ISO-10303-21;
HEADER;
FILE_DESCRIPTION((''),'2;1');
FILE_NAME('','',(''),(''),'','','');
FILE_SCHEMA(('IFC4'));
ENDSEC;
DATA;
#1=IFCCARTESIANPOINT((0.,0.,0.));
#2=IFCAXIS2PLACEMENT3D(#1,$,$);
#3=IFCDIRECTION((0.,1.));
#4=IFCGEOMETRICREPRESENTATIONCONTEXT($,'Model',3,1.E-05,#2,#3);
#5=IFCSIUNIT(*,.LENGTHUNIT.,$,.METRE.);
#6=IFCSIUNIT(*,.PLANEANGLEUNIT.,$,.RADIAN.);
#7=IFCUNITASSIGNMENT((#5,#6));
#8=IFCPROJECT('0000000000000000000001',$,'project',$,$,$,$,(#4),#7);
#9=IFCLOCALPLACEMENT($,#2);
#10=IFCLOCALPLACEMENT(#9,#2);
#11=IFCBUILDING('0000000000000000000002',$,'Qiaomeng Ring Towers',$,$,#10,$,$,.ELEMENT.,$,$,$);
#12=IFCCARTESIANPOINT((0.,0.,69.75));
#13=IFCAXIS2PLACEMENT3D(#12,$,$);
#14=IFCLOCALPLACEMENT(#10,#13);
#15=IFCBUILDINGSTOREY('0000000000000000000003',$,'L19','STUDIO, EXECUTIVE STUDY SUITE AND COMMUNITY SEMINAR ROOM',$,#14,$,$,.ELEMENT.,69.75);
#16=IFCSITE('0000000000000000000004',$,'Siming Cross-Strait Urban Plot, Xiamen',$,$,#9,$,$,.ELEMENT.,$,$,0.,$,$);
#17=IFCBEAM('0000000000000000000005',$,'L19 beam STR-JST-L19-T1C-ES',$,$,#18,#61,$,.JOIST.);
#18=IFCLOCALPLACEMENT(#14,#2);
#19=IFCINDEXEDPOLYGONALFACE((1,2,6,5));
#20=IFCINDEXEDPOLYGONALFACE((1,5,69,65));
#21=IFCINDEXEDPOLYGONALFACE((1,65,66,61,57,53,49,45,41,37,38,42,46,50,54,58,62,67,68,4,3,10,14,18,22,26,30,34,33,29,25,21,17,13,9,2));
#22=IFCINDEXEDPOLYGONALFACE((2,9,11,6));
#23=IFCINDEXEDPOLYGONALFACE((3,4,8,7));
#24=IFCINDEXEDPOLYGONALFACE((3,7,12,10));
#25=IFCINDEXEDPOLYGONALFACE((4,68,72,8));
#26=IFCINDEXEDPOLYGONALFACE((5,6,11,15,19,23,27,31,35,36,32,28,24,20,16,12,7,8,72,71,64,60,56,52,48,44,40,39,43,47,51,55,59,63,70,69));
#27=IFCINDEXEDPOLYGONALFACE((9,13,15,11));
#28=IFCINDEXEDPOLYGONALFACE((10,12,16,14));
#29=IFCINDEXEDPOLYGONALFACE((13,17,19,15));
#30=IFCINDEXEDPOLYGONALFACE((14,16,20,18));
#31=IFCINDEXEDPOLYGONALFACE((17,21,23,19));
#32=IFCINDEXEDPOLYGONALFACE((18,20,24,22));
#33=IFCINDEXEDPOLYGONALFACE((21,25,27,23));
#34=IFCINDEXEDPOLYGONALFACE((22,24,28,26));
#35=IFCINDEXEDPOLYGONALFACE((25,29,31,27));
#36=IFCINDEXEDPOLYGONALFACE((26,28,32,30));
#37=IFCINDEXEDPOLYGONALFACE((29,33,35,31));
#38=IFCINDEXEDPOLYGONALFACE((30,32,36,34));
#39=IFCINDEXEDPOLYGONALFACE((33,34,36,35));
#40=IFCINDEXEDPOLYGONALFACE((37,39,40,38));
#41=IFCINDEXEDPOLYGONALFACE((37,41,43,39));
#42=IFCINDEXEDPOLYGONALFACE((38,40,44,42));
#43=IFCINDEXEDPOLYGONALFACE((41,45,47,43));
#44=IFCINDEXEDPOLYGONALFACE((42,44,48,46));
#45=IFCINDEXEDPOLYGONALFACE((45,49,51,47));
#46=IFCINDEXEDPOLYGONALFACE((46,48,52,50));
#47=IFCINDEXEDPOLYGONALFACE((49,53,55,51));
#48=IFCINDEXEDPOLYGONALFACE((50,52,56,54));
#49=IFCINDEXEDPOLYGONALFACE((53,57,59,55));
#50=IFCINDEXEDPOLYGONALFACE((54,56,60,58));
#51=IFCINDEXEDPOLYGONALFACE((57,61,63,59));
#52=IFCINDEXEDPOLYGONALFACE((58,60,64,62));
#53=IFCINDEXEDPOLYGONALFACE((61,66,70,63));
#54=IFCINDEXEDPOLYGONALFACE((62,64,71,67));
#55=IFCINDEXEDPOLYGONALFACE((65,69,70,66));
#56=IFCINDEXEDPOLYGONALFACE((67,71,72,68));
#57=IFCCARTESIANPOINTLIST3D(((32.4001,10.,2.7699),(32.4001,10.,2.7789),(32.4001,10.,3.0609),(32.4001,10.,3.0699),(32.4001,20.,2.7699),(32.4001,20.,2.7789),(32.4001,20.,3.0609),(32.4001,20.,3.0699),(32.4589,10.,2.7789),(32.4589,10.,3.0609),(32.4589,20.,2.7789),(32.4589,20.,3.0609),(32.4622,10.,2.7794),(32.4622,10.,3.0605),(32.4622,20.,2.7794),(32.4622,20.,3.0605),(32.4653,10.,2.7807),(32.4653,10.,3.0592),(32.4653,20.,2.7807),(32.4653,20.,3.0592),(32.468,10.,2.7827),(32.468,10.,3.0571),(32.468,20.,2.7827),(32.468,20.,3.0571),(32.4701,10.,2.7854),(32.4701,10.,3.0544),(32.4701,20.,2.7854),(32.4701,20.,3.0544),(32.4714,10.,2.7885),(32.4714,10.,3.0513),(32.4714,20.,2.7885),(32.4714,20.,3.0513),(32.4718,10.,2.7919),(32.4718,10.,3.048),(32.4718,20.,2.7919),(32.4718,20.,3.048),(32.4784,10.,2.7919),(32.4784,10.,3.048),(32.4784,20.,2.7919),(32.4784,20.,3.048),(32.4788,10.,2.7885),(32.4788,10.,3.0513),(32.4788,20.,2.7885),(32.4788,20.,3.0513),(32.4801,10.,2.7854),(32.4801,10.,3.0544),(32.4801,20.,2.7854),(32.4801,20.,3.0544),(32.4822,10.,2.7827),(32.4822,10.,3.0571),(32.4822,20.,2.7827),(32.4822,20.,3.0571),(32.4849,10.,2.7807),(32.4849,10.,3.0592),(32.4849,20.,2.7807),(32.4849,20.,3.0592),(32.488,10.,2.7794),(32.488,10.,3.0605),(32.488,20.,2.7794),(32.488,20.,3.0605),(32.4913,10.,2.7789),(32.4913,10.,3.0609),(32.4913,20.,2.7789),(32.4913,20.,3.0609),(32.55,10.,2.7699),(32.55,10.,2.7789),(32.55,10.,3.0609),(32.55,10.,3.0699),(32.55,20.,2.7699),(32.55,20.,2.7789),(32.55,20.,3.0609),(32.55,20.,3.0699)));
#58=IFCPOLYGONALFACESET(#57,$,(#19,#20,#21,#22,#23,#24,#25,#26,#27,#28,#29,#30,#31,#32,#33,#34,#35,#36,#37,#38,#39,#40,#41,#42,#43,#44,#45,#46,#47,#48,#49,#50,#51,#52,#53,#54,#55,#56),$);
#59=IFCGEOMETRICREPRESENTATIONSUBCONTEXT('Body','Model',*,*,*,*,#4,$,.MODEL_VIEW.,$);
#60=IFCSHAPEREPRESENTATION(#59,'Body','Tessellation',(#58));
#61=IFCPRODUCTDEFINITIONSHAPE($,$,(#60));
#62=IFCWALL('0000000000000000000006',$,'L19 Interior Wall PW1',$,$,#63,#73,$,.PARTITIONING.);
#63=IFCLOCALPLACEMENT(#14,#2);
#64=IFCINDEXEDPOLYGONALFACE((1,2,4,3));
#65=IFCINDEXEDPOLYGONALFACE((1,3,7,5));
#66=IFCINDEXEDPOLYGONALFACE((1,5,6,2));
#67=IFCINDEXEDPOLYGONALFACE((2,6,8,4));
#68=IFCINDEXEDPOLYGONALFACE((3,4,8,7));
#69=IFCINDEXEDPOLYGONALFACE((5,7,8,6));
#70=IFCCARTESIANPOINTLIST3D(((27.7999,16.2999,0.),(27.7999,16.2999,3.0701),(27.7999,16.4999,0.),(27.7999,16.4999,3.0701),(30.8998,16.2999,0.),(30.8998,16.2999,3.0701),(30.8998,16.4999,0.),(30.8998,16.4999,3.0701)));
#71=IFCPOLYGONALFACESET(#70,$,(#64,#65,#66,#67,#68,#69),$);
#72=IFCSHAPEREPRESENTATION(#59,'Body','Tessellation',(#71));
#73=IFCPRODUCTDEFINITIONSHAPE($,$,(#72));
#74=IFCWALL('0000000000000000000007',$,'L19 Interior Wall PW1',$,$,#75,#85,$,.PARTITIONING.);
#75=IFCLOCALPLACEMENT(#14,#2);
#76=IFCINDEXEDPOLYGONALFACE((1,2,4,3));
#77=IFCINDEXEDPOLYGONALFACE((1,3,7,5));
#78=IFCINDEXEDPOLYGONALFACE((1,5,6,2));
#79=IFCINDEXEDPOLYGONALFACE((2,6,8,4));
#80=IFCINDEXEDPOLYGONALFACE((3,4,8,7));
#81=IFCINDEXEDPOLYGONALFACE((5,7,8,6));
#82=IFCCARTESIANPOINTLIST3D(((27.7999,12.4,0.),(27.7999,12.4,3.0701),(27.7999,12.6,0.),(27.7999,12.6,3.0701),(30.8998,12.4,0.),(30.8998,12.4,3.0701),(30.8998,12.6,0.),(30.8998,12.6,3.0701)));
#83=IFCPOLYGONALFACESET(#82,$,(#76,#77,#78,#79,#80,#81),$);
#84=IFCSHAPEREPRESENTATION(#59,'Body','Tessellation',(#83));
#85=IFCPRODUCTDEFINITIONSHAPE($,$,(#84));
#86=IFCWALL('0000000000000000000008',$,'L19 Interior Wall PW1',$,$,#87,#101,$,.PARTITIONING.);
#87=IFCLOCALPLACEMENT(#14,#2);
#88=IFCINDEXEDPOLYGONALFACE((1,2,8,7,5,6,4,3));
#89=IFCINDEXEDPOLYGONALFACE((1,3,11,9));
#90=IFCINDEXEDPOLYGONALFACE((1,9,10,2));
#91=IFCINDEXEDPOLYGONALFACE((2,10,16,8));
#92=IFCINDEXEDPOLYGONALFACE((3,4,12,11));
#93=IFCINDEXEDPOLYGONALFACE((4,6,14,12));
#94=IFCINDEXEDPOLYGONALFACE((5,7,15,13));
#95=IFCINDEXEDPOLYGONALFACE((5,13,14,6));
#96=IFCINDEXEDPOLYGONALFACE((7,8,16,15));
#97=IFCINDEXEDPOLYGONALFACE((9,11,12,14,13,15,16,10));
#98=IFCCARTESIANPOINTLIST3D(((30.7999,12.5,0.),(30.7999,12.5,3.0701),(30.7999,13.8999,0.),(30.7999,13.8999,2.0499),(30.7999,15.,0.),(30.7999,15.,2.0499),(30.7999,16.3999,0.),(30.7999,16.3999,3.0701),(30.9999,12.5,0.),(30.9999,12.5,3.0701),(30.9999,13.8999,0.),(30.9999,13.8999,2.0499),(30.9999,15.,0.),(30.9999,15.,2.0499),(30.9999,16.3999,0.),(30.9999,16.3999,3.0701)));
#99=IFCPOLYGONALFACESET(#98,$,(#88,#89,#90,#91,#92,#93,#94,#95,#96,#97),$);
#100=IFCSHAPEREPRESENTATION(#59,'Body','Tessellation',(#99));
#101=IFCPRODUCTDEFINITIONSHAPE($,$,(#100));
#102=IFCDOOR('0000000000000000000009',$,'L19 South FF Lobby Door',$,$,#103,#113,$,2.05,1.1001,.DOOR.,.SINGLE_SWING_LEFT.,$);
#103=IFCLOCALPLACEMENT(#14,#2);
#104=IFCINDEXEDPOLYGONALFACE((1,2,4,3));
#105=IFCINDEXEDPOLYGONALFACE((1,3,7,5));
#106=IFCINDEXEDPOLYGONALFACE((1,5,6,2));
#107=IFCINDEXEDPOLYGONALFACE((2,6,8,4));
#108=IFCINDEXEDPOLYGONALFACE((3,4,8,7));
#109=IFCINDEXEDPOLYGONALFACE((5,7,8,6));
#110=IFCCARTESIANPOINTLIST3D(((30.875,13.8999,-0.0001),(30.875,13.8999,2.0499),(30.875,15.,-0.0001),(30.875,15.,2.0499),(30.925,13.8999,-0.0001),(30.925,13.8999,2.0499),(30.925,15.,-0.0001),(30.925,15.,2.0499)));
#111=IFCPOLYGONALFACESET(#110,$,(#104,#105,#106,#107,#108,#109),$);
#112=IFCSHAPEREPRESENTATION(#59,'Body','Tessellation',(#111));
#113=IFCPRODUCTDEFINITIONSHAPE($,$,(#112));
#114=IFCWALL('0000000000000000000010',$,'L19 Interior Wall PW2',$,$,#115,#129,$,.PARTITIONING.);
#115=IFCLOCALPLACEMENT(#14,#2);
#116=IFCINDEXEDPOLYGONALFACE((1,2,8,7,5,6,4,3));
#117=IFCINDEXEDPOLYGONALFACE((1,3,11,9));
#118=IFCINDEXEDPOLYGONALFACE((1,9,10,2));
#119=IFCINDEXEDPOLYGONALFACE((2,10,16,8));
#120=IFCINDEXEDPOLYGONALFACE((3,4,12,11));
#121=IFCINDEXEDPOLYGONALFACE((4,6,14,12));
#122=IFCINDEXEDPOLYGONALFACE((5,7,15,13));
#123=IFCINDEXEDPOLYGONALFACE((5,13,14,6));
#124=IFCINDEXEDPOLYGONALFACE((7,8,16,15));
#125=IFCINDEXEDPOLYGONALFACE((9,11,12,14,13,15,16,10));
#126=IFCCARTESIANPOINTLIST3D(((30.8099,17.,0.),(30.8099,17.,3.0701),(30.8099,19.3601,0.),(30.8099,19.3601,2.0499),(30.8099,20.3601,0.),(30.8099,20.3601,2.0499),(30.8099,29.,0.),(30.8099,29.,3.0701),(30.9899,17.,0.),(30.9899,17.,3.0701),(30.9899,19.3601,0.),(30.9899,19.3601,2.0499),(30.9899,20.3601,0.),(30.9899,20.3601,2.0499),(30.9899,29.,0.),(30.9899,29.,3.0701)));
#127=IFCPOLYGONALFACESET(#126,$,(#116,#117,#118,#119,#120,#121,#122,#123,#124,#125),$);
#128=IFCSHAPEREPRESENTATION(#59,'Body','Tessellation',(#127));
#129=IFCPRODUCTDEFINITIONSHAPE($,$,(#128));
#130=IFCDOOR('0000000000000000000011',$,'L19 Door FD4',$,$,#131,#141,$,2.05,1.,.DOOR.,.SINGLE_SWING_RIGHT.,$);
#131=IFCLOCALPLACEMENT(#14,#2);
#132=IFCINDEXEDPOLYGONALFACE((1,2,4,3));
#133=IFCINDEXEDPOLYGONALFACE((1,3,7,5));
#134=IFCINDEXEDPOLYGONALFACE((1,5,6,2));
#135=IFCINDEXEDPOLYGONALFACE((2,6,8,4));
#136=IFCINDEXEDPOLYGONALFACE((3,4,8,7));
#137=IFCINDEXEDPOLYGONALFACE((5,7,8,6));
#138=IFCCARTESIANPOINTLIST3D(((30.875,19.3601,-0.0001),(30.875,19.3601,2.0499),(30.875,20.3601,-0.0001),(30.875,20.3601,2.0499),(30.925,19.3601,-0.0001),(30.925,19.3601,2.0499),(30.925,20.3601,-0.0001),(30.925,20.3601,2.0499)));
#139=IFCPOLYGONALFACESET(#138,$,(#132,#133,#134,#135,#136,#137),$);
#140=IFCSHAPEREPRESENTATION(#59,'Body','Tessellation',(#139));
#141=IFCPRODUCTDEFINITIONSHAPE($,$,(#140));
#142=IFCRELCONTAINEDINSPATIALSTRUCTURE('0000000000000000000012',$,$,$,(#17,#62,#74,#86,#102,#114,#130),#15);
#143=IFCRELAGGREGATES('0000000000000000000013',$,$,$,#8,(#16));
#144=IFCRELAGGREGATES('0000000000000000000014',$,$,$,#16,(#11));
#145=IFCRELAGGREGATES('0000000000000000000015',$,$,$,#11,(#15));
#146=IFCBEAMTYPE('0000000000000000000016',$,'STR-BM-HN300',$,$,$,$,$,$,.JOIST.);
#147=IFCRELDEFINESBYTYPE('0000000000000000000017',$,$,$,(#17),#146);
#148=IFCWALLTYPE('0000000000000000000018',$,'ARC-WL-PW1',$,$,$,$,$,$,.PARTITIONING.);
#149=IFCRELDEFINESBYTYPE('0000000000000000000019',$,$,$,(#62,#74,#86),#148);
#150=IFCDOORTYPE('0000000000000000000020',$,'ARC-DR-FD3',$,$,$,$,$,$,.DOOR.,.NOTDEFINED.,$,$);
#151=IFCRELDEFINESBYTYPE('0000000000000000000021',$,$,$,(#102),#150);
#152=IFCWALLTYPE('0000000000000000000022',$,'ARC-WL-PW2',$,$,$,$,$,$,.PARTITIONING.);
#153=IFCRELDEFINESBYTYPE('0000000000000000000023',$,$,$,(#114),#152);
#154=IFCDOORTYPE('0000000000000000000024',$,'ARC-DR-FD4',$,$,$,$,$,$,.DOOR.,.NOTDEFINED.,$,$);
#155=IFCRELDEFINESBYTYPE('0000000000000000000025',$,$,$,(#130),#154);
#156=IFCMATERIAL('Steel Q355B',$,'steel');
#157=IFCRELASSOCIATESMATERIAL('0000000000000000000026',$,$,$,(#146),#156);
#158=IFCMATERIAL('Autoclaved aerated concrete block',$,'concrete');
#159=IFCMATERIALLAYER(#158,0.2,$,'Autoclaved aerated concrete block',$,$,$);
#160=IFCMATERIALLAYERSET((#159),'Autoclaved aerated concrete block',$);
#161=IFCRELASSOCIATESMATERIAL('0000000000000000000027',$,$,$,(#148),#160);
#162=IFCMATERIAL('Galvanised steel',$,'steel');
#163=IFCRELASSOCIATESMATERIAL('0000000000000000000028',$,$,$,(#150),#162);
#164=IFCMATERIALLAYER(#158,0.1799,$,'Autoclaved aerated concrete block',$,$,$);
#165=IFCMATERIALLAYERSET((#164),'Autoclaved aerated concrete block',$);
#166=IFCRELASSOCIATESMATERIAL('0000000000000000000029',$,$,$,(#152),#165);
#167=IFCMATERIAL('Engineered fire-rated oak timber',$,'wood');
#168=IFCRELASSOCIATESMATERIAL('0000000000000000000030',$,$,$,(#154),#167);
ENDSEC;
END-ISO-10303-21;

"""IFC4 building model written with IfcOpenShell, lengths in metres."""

from ifc_helpers import new_model, si_unit, direction, frame, frame_2d, origin, origin_2d, place, context, subcontext, project, spatial, rectangle, i_section, extrude, source, transform, mapped, material, layer, layer_set, material_profile, profile_set, type_object, element, fill, save


model = new_model("IFC4")

# Units and contexts
model_context = context("Model", 3, precision=1e-05, world=origin(), true_north=direction((0.0, 1.0)))
body_context = subcontext(model_context, "Body", "Model", "MODEL_VIEW")
ifc_project = project(units=[si_unit("LENGTHUNIT", "METRE"), si_unit("PLANEANGLEUNIT", "RADIAN")], contexts=[model_context])

# Site, building, storey
site_placement = place(None, origin())
site = spatial("IfcSite", under=ifc_project, at=site_placement, Name="Siming Cross-Strait Urban Plot, Xiamen", CompositionType="ELEMENT", RefElevation=0.0)
building_placement = place(site_placement, origin())
building = spatial("IfcBuilding", under=site, at=building_placement, Name="Qiaomeng Ring Towers", CompositionType="ELEMENT")
storey_placement = place(building_placement, frame((0.0, 0.0, 69.75)))
storey = spatial("IfcBuildingStorey", under=building, at=storey_placement, Name="L19", Description="STUDIO, EXECUTIVE STUDY SUITE AND COMMUNITY SEMINAR ROOM", CompositionType="ELEMENT", Elevation=69.75)

# Beam
ifc_material_1 = material(Name="Steel Q355B", Category="steel")
ifc_material_profile_1 = material_profile(ifc_material_1, i_section(OverallWidth=0.1499, OverallDepth=0.3, WebThickness=0.0066, FlangeThickness=0.009, FilletRadius=0.0129, at=origin_2d()), Name="HN 300x150x6.5x9")
ifc_profile_set_1 = profile_set([ifc_material_profile_1], Name="Steel Q355B")
beam_type_1 = type_object("IfcBeamType", Name="STR-BM-HN300", PredefinedType="JOIST", material=ifc_profile_set_1)
shared_shape_1 = source(origin(), body_context, "Body", "SweptSolid", [
    extrude(i_section(OverallWidth=0.1499, OverallDepth=0.3, WebThickness=0.0066, FlangeThickness=0.009, FilletRadius=0.0129, at=origin_2d()), origin(), (0.0, 0.0, 1.0), 10.0),
])
beam_1_placement = place(storey_placement, frame((32.4751, 10.0, 2.9199), z_axis=(0.0, 1.0, 0.0), x_axis=(-1.0, 0.0, 0.0)))
element("IfcBeam", 1, at=beam_1_placement, inside=storey, type_object=beam_type_1, Name="L19 beam STR-JST-L19-T1C-ES", PredefinedType="JOIST", context=body_context, shape_type="MappedRepresentation", body=[
    mapped(shared_shape_1, transform((0.0, 0.0, 0.0), x_axis=(1.0, 0.0, 0.0), y_axis=(0.0, 1.0, 0.0), z_axis=(0.0, 0.0, 1.0), scale=1.0)),
])

# Walls
ifc_material_2 = material(Name="Autoclaved aerated concrete block", Category="concrete")
ifc_layer_1 = layer(ifc_material_2, 0.2, Name="Autoclaved aerated concrete block")
ifc_layer_set_1 = layer_set([ifc_layer_1], Name="Autoclaved aerated concrete block")
wall_type_1 = type_object("IfcWallType", Name="ARC-WL-PW1", PredefinedType="PARTITIONING", material=ifc_layer_set_1)
for number, where, z_axis, x_axis, name in (
    (2, (27.8, 16.3999, 0.0), (0.0, 0.0, 1.0), (1.0, 0.0, 0.0), "L19 Interior Wall PW1"),
    (3, (27.8, 12.5, 0.0), (0.0, 0.0, 1.0), (1.0, 0.0, 0.0), "L19 Interior Wall PW1"),
):
    element("IfcWall", number, at=place(storey_placement, frame(where, z_axis=z_axis, x_axis=x_axis)), inside=storey, type_object=wall_type_1, Name=name, PredefinedType="PARTITIONING", context=body_context, shape_type="SweptSolid", body=[
        extrude(rectangle(XDim=3.0999, YDim=0.2, at=frame_2d((1.5498, 0.0))), origin(), (0.0, 0.0, 1.0), 3.0701),
    ])

# Walls, openings, doors
wall_1_placement = place(storey_placement, frame((30.8999, 12.5, 0.0), z_axis=(0.0, 0.0, 1.0), x_axis=(0.0, 1.0, 0.0)))
wall_1 = element("IfcWall", 4, at=wall_1_placement, inside=storey, type_object=wall_type_1, Name="L19 Interior Wall PW1", PredefinedType="PARTITIONING", context=body_context, shape_type="SweptSolid", body=[
    extrude(rectangle(XDim=3.8999, YDim=0.2, at=frame_2d((1.95, 0.0))), origin(), (0.0, 0.0, 1.0), 3.0701),
])
opening_1_placement = place(wall_1_placement, frame((1.3999, 0.0, 0.0)))
opening_1 = element("IfcOpeningElement", 5, at=opening_1_placement, cuts=wall_1, PredefinedType="OPENING", context=body_context, shape_type="SweptSolid", body=[
    extrude(rectangle(XDim=1.1001, YDim=2.05, at=frame_2d((0.55, 1.0249))), frame((0.0, 0.1099, 0.0), z_axis=(0.0, -1.0, 0.0), x_axis=(1.0, 0.0, 0.0)), (0.0, 0.0, 1.0), 0.22),
])
ifc_material_3 = material(Name="Galvanised steel", Category="steel")
door_type_1 = type_object("IfcDoorType", Name="ARC-DR-FD3", OperationType="NOTDEFINED", PredefinedType="DOOR", material=ifc_material_3)
shared_shape_2 = source(origin(), body_context, "Body", "SweptSolid", [
    extrude(rectangle(XDim=1.1001, YDim=2.05, at=frame_2d((0.55, 1.0249))), frame((0.0, 0.0249, 0.0), z_axis=(0.0, -1.0, 0.0), x_axis=(1.0, 0.0, 0.0)), (0.0, 0.0, 1.0), 0.05),
])
door_1_placement = place(opening_1_placement, origin())
door_1 = element("IfcDoor", 6, at=door_1_placement, inside=storey, type_object=door_type_1, Name="L19 South FF Lobby Door", OperationType="SINGLE_SWING_LEFT", OverallHeight=2.05, OverallWidth=1.1001, PredefinedType="DOOR", context=body_context, shape_type="MappedRepresentation", body=[
    mapped(shared_shape_2, transform((0.0, 0.0, 0.0), x_axis=(1.0, 0.0, 0.0), y_axis=(0.0, 1.0, 0.0), z_axis=(0.0, 0.0, 1.0), scale=1.0)),
])
fill(opening_1, door_1)
ifc_layer_2 = layer(ifc_material_2, 0.1799, Name="Autoclaved aerated concrete block")
ifc_layer_set_2 = layer_set([ifc_layer_2], Name="Autoclaved aerated concrete block")
wall_type_2 = type_object("IfcWallType", Name="ARC-WL-PW2", PredefinedType="PARTITIONING", material=ifc_layer_set_2)
wall_2_placement = place(storey_placement, frame((30.8999, 17.0, 0.0), z_axis=(0.0, 0.0, 1.0), x_axis=(0.0, 1.0, 0.0)))
wall_2 = element("IfcWall", 7, at=wall_2_placement, inside=storey, type_object=wall_type_2, Name="L19 Interior Wall PW2", PredefinedType="PARTITIONING", context=body_context, shape_type="SweptSolid", body=[
    extrude(rectangle(XDim=12.0, YDim=0.1799, at=frame_2d((6.0, 0.0))), origin(), (0.0, 0.0, 1.0), 3.0701),
])
opening_2_placement = place(wall_2_placement, frame((2.3601, 0.0, 0.0)))
opening_2 = element("IfcOpeningElement", 8, at=opening_2_placement, cuts=wall_2, PredefinedType="OPENING", context=body_context, shape_type="SweptSolid", body=[
    extrude(rectangle(XDim=1.0, YDim=2.05, at=frame_2d((0.5, 1.0249))), frame((0.0, 0.0999, 0.0), z_axis=(0.0, -1.0, 0.0), x_axis=(1.0, 0.0, 0.0)), (0.0, 0.0, 1.0), 0.2),
])
ifc_material_4 = material(Name="Engineered fire-rated oak timber", Category="wood")
door_type_2 = type_object("IfcDoorType", Name="ARC-DR-FD4", OperationType="NOTDEFINED", PredefinedType="DOOR", material=ifc_material_4)
shared_shape_3 = source(origin(), body_context, "Body", "SweptSolid", [
    extrude(rectangle(XDim=1.0, YDim=2.05, at=frame_2d((0.5, 1.0249))), frame((0.0, 0.0249, 0.0), z_axis=(0.0, -1.0, 0.0), x_axis=(1.0, 0.0, 0.0)), (0.0, 0.0, 1.0), 0.05),
])
door_2_placement = place(opening_2_placement, origin())
door_2 = element("IfcDoor", 9, at=door_2_placement, inside=storey, type_object=door_type_2, Name="L19 Door FD4", OperationType="SINGLE_SWING_RIGHT", OverallHeight=2.05, OverallWidth=1.0, PredefinedType="DOOR", context=body_context, shape_type="MappedRepresentation", body=[
    mapped(shared_shape_3, transform((0.0, 0.0, 0.0), x_axis=(1.0, 0.0, 0.0), y_axis=(0.0, 1.0, 0.0), z_axis=(0.0, 0.0, 1.0), scale=1.0)),
])
fill(opening_2, door_2)

save(model, "model.ifc")
